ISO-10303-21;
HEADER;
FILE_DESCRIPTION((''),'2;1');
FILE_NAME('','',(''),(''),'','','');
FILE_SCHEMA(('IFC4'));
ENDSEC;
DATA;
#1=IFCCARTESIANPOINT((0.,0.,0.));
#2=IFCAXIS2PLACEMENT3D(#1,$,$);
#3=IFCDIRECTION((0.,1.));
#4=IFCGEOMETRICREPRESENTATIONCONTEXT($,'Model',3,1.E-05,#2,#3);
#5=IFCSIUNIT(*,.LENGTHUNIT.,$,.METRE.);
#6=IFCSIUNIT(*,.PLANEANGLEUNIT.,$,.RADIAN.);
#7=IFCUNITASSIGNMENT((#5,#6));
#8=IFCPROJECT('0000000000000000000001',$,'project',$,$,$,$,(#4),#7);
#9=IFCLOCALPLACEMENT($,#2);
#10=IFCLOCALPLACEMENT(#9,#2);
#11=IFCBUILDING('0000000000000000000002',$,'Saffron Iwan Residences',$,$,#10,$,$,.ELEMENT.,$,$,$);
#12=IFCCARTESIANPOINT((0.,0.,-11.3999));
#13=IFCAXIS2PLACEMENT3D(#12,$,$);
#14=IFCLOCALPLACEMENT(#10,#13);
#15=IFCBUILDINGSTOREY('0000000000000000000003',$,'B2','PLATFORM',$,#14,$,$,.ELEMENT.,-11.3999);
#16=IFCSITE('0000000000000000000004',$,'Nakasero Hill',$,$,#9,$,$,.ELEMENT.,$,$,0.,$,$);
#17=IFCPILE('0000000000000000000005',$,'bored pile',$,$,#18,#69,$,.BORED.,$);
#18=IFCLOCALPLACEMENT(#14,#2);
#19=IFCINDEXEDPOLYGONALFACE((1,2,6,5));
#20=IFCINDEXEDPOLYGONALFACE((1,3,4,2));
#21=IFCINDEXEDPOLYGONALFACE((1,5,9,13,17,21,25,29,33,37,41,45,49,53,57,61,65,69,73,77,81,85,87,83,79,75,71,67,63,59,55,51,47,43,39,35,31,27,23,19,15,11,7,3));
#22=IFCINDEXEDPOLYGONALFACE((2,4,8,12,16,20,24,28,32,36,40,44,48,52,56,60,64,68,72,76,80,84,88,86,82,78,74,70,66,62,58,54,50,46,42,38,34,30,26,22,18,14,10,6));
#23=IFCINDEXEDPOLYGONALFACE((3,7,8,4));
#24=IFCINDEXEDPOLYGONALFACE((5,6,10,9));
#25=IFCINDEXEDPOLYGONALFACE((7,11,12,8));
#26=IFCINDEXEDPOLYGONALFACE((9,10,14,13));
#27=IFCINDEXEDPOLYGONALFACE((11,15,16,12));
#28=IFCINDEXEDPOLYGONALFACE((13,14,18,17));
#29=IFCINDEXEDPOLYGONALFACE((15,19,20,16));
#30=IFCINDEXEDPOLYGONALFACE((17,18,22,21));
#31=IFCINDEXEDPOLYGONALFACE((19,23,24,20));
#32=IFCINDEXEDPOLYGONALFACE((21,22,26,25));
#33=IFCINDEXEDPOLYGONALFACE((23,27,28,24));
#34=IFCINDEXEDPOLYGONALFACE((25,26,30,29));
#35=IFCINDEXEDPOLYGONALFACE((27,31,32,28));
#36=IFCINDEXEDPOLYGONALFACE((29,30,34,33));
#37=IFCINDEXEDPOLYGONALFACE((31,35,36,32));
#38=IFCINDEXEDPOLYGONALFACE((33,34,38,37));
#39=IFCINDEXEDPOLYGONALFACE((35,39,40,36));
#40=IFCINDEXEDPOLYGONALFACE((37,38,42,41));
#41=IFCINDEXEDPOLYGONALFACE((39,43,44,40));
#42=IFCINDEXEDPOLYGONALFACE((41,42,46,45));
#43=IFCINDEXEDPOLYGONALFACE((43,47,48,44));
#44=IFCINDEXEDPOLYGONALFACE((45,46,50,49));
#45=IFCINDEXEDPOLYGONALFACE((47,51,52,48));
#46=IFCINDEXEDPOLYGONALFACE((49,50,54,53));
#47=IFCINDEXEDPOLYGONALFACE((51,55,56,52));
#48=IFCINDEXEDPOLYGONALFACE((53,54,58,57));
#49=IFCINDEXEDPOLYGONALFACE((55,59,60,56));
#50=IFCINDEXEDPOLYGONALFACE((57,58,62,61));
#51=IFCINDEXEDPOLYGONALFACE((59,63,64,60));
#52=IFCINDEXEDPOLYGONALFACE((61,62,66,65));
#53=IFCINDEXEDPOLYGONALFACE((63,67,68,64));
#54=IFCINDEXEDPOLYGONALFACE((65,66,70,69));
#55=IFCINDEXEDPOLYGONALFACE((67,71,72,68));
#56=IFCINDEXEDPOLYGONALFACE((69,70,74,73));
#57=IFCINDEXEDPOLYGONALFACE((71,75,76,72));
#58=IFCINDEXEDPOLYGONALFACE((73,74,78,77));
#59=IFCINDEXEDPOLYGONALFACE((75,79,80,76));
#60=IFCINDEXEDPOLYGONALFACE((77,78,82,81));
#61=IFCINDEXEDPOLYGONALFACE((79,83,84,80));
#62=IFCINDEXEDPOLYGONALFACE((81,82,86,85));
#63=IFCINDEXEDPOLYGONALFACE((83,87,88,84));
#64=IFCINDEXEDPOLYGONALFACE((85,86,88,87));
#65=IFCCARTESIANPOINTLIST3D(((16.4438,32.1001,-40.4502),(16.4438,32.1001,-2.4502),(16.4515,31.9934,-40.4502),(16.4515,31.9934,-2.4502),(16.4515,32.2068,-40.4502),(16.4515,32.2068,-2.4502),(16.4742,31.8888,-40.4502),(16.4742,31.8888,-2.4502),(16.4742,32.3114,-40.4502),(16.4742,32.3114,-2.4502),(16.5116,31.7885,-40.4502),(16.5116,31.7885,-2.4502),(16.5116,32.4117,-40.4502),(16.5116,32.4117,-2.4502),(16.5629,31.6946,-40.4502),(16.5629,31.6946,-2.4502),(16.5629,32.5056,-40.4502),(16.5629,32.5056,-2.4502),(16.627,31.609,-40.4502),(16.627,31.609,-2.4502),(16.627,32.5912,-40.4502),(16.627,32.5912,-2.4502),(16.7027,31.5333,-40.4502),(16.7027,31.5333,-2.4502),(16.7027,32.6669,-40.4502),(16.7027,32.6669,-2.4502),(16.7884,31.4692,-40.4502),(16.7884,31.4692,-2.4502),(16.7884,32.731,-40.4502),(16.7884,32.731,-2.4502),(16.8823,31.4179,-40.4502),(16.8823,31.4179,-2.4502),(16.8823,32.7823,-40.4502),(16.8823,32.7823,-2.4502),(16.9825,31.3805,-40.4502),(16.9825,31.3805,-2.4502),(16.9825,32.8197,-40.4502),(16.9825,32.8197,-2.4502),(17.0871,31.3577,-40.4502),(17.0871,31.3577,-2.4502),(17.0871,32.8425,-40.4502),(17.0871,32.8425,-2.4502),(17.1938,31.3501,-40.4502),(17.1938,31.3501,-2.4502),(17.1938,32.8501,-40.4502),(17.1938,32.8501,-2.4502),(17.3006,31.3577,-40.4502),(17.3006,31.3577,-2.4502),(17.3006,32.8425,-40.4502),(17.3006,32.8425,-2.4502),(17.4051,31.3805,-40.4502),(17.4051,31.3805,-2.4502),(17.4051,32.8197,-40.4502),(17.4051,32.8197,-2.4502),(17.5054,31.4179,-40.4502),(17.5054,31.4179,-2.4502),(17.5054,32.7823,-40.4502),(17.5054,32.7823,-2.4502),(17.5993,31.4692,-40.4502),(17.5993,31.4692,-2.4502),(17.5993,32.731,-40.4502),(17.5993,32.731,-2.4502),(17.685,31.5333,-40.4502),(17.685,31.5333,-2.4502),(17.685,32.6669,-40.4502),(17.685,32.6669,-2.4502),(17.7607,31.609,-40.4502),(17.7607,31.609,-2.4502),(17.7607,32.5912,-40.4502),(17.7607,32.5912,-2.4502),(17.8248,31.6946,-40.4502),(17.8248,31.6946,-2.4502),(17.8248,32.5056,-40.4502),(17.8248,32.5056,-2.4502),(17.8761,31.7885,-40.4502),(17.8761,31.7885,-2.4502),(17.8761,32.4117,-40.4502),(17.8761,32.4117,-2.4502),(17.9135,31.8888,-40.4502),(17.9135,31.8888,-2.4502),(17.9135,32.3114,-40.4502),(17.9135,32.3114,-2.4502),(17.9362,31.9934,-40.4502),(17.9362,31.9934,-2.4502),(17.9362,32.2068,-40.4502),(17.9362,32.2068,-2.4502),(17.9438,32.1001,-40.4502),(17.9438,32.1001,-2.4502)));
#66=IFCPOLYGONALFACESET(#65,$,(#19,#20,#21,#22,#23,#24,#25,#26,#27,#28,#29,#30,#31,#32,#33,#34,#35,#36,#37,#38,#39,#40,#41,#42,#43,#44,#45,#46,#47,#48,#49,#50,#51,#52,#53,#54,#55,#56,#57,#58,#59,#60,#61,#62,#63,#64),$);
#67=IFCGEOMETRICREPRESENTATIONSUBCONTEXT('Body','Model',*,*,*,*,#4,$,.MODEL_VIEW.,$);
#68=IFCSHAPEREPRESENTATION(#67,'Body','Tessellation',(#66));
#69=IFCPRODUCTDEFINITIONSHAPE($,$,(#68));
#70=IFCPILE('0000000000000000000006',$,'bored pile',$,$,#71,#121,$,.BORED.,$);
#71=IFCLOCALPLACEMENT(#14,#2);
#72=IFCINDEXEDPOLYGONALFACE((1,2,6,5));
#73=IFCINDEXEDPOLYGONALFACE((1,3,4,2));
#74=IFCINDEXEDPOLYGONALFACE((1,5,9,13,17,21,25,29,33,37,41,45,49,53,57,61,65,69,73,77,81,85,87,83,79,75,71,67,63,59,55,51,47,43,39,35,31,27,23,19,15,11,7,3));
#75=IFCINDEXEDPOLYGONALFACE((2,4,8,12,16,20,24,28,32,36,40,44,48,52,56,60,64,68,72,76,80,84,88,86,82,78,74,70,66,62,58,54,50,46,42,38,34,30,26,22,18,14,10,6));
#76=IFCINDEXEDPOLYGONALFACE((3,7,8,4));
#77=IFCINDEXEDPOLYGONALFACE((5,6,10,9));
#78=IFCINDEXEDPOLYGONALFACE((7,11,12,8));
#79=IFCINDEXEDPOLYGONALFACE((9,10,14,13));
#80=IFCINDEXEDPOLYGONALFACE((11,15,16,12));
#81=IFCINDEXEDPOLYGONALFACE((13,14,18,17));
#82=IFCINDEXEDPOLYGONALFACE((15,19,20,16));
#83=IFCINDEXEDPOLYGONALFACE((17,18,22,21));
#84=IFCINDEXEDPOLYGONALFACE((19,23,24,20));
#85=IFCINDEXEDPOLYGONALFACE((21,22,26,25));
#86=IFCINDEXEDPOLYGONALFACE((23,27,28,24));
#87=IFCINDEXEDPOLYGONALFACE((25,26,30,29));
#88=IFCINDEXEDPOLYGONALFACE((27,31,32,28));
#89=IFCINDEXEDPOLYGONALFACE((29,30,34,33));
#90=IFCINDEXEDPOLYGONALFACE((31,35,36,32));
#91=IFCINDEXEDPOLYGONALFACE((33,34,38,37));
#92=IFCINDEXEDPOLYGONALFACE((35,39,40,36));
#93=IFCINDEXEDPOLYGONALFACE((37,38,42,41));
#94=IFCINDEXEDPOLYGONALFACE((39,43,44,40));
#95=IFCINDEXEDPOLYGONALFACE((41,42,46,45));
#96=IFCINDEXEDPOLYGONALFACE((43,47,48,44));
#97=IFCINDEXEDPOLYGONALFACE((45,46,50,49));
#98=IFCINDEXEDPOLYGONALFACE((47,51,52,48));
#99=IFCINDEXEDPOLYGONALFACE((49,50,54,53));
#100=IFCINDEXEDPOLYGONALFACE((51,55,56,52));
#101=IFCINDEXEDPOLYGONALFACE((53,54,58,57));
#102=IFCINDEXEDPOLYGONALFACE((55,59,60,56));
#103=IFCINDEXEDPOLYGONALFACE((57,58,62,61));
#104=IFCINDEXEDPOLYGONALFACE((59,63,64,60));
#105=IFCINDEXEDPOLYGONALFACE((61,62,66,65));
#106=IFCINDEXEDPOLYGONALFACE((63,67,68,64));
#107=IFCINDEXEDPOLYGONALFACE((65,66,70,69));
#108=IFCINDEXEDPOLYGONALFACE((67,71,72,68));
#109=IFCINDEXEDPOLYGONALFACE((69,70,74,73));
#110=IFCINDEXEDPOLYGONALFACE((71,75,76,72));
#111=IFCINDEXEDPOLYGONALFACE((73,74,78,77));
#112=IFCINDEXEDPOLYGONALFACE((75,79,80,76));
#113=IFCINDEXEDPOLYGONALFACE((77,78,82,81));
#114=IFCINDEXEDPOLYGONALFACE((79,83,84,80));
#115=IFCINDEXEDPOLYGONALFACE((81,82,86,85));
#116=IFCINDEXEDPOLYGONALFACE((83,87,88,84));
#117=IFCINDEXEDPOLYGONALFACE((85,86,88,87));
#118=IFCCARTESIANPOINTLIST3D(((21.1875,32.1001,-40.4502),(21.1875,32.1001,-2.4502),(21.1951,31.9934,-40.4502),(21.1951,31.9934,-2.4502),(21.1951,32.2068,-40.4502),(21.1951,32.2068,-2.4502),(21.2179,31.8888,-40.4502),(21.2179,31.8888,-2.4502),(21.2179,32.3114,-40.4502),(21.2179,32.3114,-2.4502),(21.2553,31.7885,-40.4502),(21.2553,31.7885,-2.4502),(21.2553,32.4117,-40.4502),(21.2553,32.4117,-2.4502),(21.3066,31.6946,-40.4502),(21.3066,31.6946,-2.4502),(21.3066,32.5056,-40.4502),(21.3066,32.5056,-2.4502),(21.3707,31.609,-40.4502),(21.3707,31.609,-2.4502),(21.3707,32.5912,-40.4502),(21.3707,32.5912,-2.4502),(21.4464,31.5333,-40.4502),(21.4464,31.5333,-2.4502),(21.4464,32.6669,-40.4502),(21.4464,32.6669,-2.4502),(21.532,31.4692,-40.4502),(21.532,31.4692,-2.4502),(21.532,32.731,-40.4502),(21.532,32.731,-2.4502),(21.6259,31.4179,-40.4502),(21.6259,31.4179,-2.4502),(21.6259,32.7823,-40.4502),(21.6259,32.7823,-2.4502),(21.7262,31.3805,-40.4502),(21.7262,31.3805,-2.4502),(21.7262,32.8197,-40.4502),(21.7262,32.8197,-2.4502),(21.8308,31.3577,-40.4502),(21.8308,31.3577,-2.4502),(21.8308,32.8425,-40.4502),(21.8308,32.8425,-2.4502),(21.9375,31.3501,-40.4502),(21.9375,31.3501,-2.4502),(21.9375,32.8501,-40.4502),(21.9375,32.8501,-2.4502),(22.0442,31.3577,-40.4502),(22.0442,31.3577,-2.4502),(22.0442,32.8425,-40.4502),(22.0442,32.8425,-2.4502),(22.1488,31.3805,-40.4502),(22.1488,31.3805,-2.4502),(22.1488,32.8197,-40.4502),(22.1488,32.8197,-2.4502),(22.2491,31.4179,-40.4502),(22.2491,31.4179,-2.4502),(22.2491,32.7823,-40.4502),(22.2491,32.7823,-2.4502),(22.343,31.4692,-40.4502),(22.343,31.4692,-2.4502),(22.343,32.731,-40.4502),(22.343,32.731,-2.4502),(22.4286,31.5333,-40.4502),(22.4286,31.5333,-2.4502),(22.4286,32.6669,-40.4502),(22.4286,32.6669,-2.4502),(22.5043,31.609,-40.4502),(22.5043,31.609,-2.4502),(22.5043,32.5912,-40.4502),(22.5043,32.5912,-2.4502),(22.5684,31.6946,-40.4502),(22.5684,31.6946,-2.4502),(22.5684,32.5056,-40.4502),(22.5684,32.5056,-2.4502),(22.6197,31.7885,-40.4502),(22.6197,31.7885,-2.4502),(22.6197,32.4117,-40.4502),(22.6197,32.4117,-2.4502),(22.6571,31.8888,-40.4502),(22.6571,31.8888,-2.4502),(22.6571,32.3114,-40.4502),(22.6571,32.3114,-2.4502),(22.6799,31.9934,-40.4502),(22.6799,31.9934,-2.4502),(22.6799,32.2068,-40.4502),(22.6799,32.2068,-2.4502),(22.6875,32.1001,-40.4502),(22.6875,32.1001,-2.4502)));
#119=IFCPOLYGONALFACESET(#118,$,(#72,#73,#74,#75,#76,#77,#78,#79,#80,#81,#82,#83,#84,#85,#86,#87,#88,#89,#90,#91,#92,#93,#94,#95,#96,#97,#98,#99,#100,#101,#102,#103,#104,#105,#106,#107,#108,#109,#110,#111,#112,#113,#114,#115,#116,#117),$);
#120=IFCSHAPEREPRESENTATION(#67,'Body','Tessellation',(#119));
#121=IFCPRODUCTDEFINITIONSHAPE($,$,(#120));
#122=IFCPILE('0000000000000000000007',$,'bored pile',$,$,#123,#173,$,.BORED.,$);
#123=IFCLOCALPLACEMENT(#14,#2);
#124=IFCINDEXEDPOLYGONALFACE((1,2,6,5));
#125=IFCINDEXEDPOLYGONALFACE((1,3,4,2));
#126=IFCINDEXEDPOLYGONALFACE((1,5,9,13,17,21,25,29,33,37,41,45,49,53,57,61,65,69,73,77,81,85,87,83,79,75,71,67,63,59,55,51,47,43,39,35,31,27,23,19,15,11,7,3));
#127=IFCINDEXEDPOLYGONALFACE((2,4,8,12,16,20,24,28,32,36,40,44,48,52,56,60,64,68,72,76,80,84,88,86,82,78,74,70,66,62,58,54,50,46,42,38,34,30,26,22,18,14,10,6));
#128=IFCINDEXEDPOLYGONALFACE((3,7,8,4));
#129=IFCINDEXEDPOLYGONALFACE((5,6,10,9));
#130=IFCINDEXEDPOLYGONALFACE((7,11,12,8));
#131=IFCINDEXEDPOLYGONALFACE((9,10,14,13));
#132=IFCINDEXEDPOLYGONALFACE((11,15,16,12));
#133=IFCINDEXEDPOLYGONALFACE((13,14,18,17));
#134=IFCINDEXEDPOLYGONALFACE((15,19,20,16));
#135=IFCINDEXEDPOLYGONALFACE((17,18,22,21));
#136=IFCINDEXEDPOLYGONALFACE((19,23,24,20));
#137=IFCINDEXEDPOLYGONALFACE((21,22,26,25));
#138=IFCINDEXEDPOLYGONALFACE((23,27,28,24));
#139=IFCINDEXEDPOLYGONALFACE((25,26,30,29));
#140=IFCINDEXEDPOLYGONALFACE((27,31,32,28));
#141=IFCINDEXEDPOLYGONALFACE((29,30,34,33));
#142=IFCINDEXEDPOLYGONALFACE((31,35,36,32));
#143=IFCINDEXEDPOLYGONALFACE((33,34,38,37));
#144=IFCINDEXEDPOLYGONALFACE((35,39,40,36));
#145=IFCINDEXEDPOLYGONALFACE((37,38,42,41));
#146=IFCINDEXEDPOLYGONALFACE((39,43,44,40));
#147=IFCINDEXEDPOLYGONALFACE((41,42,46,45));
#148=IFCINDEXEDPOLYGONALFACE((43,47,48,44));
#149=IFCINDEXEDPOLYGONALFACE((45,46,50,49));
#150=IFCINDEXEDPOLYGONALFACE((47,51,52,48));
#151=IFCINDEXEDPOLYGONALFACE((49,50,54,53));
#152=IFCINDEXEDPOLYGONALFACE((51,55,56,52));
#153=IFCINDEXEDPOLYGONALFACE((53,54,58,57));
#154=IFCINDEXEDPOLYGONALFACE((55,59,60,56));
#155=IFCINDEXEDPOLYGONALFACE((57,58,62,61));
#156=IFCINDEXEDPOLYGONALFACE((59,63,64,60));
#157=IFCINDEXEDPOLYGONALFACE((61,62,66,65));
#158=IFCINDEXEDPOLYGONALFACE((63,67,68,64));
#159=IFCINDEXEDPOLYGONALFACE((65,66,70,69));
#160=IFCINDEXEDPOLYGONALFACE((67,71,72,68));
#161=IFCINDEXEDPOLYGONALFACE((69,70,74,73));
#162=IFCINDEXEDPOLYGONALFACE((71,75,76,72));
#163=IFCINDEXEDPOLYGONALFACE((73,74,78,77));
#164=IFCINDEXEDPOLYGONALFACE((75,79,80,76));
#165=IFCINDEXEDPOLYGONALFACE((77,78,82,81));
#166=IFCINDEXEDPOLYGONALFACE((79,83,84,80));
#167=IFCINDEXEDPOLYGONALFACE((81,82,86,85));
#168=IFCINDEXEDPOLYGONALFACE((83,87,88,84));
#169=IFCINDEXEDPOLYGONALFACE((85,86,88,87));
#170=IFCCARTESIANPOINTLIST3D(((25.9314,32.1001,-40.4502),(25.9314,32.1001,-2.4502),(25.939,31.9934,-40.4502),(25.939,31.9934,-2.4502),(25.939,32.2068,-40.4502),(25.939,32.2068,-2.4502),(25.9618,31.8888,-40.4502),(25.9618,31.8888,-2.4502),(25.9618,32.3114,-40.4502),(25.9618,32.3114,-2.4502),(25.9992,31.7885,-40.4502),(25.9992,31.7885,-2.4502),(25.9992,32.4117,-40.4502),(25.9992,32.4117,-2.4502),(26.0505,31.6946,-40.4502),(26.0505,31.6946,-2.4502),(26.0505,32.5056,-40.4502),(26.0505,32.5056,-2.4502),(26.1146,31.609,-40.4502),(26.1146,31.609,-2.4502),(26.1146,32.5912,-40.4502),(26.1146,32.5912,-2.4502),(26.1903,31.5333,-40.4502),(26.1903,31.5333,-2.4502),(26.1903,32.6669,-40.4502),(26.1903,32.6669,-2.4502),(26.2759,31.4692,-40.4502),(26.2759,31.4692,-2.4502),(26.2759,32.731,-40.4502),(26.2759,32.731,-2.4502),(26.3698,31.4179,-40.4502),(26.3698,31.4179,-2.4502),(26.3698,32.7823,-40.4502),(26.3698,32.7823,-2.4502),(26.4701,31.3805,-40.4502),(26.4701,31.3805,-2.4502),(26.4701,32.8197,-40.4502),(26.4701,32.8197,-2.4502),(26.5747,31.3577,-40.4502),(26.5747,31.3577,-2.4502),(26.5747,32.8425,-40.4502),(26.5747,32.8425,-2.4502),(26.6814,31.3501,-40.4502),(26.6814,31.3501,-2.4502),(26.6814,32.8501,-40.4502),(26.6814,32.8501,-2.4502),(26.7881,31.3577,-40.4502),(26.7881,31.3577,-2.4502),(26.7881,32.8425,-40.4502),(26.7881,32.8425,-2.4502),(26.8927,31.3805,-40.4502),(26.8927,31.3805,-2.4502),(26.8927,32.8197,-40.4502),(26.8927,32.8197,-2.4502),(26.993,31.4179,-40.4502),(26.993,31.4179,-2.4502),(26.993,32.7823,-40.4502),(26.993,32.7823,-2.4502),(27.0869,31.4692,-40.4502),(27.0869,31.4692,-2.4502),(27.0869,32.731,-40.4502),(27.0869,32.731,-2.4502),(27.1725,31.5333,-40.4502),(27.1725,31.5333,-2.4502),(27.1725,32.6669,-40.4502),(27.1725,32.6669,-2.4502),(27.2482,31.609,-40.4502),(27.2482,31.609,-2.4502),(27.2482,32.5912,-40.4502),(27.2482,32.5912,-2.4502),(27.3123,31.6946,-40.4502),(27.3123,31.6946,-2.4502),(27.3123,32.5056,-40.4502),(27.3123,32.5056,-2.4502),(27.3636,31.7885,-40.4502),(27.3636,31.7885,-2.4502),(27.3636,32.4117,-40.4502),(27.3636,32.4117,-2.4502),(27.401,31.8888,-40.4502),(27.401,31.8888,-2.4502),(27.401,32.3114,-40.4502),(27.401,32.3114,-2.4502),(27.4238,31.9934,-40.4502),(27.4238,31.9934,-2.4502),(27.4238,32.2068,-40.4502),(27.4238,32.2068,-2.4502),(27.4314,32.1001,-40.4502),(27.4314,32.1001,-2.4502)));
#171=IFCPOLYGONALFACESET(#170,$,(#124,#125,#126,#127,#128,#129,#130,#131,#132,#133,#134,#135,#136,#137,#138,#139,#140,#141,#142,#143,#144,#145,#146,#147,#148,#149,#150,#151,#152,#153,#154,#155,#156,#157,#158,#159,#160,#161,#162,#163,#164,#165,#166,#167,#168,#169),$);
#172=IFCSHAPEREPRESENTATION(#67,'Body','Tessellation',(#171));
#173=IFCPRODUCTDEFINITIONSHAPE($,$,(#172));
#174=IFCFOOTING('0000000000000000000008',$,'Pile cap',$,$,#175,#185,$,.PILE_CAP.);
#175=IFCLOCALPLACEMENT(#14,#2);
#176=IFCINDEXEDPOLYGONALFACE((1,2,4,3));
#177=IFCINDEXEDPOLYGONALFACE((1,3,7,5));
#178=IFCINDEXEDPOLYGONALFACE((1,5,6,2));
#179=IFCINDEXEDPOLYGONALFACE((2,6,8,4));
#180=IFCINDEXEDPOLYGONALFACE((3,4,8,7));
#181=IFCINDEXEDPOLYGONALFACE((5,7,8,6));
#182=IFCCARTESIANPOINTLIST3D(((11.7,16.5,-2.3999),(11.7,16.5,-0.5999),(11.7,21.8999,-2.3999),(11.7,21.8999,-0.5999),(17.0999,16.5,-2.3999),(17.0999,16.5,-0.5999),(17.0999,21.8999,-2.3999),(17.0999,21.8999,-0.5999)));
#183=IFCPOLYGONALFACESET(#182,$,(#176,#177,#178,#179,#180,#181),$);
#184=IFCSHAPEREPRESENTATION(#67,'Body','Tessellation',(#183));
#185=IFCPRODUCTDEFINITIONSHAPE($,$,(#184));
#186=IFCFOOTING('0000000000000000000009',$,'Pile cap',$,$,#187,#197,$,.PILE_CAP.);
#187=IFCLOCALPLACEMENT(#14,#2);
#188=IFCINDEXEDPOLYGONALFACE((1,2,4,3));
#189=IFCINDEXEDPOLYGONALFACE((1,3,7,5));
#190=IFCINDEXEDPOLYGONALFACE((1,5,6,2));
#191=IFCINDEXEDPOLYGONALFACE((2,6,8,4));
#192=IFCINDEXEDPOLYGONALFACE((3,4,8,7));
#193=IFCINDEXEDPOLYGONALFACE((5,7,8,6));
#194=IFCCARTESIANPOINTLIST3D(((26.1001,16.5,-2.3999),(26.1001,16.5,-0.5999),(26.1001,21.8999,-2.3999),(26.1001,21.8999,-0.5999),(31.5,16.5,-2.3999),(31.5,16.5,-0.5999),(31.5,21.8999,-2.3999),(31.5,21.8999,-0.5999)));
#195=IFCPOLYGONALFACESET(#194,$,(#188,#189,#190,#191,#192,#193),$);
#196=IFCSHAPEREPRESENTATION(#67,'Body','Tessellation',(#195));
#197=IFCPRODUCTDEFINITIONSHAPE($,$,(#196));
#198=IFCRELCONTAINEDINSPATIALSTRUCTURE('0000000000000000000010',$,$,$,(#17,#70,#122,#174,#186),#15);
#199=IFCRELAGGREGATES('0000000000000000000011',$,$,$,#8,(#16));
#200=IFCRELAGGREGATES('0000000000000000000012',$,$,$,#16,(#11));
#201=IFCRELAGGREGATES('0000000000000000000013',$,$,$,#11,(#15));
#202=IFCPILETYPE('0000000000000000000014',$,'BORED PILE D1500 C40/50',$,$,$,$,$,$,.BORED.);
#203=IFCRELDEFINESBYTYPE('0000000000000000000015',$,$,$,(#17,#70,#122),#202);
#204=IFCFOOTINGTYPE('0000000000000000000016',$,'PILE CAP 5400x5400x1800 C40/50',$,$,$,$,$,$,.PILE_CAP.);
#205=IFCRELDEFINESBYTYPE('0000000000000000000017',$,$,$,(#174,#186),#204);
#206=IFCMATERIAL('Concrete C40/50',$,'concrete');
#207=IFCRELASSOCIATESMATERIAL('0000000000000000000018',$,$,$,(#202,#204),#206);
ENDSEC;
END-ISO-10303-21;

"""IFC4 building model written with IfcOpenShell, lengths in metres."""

from ifc_helpers import new_model, si_unit, direction, frame, origin, origin_2d, place, context, subcontext, project, spatial, rectangle, circle, extrude, source, transform, mapped, material, material_profile, profile_set, type_object, element, save


model = new_model("IFC4")

# Units and contexts
model_context = context("Model", 3, precision=1e-05, world=origin(), true_north=direction((0.0, 1.0)))
body_context = subcontext(model_context, "Body", "Model", "MODEL_VIEW")
ifc_project = project(units=[si_unit("LENGTHUNIT", "METRE"), si_unit("PLANEANGLEUNIT", "RADIAN")], contexts=[model_context])

# Site, building, storey
site_placement = place(None, origin())
site = spatial("IfcSite", under=ifc_project, at=site_placement, Name="Nakasero Hill", CompositionType="ELEMENT", RefElevation=0.0)
building_placement = place(site_placement, origin())
building = spatial("IfcBuilding", under=site, at=building_placement, Name="Saffron Iwan Residences", CompositionType="ELEMENT")
storey_placement = place(building_placement, frame((0.0, 0.0, -11.3999)))
storey = spatial("IfcBuildingStorey", under=building, at=storey_placement, Name="B2", Description="PLATFORM", CompositionType="ELEMENT", Elevation=-11.3999)

# Piles
ifc_material_1 = material(Name="Concrete C40/50", Category="concrete")
ifc_material_profile_1 = material_profile(ifc_material_1, circle(Radius=0.75, at=origin_2d()), Name="RC D1500")
ifc_profile_set_1 = profile_set([ifc_material_profile_1], Name="Concrete C40/50")
pile_type_1 = type_object("IfcPileType", Name="BORED PILE D1500 C40/50", PredefinedType="BORED", material=ifc_profile_set_1)
for number, where, z_axis, x_axis, name in (
    (1, (17.1938, 32.1001, -2.4502), (0.0, 0.0, -1.0), (1.0, 0.0, 0.0), "bored pile"),
    (2, (21.9375, 32.1001, -2.4502), (0.0, 0.0, -1.0), (1.0, 0.0, 0.0), "bored pile"),
    (3, (26.6814, 32.1001, -2.4502), (0.0, 0.0, -1.0), (1.0, 0.0, 0.0), "bored pile"),
):
    element("IfcPile", number, at=place(storey_placement, frame(where, z_axis=z_axis, x_axis=x_axis)), inside=storey, type_object=pile_type_1, Name=name, PredefinedType="BORED", context=body_context, shape_type="SweptSolid", body=[
        extrude(circle(Radius=0.75, at=origin_2d()), origin(), (0.0, 0.0, 1.0), 38.0),
    ])

# Footings
footing_type = type_object("IfcFootingType", Name="PILE CAP 5400x5400x1800 C40/50", PredefinedType="PILE_CAP", material=ifc_material_1)
shared_shape_1 = source(origin(), body_context, "Body", "SweptSolid", [
    extrude(rectangle(XDim=5.3999, YDim=5.3999, at=origin_2d()), origin(), (0.0, 0.0, 1.0), 1.8),
])
for number, where, z_axis, x_axis, name in (
    (4, (14.3999, 19.2, -2.3999), (0.0, 0.0, 1.0), (1.0, 0.0, 0.0), "Pile cap"),
    (5, (28.8, 19.2, -2.3999), (0.0, 0.0, 1.0), (1.0, 0.0, 0.0), "Pile cap"),
):
    element("IfcFooting", number, at=place(storey_placement, frame(where, z_axis=z_axis, x_axis=x_axis)), inside=storey, type_object=footing_type, Name=name, PredefinedType="PILE_CAP", context=body_context, shape_type="MappedRepresentation", body=[
        mapped(shared_shape_1, transform((0.0, 0.0, 0.0))),
    ])

save(model, "model.ifc")
